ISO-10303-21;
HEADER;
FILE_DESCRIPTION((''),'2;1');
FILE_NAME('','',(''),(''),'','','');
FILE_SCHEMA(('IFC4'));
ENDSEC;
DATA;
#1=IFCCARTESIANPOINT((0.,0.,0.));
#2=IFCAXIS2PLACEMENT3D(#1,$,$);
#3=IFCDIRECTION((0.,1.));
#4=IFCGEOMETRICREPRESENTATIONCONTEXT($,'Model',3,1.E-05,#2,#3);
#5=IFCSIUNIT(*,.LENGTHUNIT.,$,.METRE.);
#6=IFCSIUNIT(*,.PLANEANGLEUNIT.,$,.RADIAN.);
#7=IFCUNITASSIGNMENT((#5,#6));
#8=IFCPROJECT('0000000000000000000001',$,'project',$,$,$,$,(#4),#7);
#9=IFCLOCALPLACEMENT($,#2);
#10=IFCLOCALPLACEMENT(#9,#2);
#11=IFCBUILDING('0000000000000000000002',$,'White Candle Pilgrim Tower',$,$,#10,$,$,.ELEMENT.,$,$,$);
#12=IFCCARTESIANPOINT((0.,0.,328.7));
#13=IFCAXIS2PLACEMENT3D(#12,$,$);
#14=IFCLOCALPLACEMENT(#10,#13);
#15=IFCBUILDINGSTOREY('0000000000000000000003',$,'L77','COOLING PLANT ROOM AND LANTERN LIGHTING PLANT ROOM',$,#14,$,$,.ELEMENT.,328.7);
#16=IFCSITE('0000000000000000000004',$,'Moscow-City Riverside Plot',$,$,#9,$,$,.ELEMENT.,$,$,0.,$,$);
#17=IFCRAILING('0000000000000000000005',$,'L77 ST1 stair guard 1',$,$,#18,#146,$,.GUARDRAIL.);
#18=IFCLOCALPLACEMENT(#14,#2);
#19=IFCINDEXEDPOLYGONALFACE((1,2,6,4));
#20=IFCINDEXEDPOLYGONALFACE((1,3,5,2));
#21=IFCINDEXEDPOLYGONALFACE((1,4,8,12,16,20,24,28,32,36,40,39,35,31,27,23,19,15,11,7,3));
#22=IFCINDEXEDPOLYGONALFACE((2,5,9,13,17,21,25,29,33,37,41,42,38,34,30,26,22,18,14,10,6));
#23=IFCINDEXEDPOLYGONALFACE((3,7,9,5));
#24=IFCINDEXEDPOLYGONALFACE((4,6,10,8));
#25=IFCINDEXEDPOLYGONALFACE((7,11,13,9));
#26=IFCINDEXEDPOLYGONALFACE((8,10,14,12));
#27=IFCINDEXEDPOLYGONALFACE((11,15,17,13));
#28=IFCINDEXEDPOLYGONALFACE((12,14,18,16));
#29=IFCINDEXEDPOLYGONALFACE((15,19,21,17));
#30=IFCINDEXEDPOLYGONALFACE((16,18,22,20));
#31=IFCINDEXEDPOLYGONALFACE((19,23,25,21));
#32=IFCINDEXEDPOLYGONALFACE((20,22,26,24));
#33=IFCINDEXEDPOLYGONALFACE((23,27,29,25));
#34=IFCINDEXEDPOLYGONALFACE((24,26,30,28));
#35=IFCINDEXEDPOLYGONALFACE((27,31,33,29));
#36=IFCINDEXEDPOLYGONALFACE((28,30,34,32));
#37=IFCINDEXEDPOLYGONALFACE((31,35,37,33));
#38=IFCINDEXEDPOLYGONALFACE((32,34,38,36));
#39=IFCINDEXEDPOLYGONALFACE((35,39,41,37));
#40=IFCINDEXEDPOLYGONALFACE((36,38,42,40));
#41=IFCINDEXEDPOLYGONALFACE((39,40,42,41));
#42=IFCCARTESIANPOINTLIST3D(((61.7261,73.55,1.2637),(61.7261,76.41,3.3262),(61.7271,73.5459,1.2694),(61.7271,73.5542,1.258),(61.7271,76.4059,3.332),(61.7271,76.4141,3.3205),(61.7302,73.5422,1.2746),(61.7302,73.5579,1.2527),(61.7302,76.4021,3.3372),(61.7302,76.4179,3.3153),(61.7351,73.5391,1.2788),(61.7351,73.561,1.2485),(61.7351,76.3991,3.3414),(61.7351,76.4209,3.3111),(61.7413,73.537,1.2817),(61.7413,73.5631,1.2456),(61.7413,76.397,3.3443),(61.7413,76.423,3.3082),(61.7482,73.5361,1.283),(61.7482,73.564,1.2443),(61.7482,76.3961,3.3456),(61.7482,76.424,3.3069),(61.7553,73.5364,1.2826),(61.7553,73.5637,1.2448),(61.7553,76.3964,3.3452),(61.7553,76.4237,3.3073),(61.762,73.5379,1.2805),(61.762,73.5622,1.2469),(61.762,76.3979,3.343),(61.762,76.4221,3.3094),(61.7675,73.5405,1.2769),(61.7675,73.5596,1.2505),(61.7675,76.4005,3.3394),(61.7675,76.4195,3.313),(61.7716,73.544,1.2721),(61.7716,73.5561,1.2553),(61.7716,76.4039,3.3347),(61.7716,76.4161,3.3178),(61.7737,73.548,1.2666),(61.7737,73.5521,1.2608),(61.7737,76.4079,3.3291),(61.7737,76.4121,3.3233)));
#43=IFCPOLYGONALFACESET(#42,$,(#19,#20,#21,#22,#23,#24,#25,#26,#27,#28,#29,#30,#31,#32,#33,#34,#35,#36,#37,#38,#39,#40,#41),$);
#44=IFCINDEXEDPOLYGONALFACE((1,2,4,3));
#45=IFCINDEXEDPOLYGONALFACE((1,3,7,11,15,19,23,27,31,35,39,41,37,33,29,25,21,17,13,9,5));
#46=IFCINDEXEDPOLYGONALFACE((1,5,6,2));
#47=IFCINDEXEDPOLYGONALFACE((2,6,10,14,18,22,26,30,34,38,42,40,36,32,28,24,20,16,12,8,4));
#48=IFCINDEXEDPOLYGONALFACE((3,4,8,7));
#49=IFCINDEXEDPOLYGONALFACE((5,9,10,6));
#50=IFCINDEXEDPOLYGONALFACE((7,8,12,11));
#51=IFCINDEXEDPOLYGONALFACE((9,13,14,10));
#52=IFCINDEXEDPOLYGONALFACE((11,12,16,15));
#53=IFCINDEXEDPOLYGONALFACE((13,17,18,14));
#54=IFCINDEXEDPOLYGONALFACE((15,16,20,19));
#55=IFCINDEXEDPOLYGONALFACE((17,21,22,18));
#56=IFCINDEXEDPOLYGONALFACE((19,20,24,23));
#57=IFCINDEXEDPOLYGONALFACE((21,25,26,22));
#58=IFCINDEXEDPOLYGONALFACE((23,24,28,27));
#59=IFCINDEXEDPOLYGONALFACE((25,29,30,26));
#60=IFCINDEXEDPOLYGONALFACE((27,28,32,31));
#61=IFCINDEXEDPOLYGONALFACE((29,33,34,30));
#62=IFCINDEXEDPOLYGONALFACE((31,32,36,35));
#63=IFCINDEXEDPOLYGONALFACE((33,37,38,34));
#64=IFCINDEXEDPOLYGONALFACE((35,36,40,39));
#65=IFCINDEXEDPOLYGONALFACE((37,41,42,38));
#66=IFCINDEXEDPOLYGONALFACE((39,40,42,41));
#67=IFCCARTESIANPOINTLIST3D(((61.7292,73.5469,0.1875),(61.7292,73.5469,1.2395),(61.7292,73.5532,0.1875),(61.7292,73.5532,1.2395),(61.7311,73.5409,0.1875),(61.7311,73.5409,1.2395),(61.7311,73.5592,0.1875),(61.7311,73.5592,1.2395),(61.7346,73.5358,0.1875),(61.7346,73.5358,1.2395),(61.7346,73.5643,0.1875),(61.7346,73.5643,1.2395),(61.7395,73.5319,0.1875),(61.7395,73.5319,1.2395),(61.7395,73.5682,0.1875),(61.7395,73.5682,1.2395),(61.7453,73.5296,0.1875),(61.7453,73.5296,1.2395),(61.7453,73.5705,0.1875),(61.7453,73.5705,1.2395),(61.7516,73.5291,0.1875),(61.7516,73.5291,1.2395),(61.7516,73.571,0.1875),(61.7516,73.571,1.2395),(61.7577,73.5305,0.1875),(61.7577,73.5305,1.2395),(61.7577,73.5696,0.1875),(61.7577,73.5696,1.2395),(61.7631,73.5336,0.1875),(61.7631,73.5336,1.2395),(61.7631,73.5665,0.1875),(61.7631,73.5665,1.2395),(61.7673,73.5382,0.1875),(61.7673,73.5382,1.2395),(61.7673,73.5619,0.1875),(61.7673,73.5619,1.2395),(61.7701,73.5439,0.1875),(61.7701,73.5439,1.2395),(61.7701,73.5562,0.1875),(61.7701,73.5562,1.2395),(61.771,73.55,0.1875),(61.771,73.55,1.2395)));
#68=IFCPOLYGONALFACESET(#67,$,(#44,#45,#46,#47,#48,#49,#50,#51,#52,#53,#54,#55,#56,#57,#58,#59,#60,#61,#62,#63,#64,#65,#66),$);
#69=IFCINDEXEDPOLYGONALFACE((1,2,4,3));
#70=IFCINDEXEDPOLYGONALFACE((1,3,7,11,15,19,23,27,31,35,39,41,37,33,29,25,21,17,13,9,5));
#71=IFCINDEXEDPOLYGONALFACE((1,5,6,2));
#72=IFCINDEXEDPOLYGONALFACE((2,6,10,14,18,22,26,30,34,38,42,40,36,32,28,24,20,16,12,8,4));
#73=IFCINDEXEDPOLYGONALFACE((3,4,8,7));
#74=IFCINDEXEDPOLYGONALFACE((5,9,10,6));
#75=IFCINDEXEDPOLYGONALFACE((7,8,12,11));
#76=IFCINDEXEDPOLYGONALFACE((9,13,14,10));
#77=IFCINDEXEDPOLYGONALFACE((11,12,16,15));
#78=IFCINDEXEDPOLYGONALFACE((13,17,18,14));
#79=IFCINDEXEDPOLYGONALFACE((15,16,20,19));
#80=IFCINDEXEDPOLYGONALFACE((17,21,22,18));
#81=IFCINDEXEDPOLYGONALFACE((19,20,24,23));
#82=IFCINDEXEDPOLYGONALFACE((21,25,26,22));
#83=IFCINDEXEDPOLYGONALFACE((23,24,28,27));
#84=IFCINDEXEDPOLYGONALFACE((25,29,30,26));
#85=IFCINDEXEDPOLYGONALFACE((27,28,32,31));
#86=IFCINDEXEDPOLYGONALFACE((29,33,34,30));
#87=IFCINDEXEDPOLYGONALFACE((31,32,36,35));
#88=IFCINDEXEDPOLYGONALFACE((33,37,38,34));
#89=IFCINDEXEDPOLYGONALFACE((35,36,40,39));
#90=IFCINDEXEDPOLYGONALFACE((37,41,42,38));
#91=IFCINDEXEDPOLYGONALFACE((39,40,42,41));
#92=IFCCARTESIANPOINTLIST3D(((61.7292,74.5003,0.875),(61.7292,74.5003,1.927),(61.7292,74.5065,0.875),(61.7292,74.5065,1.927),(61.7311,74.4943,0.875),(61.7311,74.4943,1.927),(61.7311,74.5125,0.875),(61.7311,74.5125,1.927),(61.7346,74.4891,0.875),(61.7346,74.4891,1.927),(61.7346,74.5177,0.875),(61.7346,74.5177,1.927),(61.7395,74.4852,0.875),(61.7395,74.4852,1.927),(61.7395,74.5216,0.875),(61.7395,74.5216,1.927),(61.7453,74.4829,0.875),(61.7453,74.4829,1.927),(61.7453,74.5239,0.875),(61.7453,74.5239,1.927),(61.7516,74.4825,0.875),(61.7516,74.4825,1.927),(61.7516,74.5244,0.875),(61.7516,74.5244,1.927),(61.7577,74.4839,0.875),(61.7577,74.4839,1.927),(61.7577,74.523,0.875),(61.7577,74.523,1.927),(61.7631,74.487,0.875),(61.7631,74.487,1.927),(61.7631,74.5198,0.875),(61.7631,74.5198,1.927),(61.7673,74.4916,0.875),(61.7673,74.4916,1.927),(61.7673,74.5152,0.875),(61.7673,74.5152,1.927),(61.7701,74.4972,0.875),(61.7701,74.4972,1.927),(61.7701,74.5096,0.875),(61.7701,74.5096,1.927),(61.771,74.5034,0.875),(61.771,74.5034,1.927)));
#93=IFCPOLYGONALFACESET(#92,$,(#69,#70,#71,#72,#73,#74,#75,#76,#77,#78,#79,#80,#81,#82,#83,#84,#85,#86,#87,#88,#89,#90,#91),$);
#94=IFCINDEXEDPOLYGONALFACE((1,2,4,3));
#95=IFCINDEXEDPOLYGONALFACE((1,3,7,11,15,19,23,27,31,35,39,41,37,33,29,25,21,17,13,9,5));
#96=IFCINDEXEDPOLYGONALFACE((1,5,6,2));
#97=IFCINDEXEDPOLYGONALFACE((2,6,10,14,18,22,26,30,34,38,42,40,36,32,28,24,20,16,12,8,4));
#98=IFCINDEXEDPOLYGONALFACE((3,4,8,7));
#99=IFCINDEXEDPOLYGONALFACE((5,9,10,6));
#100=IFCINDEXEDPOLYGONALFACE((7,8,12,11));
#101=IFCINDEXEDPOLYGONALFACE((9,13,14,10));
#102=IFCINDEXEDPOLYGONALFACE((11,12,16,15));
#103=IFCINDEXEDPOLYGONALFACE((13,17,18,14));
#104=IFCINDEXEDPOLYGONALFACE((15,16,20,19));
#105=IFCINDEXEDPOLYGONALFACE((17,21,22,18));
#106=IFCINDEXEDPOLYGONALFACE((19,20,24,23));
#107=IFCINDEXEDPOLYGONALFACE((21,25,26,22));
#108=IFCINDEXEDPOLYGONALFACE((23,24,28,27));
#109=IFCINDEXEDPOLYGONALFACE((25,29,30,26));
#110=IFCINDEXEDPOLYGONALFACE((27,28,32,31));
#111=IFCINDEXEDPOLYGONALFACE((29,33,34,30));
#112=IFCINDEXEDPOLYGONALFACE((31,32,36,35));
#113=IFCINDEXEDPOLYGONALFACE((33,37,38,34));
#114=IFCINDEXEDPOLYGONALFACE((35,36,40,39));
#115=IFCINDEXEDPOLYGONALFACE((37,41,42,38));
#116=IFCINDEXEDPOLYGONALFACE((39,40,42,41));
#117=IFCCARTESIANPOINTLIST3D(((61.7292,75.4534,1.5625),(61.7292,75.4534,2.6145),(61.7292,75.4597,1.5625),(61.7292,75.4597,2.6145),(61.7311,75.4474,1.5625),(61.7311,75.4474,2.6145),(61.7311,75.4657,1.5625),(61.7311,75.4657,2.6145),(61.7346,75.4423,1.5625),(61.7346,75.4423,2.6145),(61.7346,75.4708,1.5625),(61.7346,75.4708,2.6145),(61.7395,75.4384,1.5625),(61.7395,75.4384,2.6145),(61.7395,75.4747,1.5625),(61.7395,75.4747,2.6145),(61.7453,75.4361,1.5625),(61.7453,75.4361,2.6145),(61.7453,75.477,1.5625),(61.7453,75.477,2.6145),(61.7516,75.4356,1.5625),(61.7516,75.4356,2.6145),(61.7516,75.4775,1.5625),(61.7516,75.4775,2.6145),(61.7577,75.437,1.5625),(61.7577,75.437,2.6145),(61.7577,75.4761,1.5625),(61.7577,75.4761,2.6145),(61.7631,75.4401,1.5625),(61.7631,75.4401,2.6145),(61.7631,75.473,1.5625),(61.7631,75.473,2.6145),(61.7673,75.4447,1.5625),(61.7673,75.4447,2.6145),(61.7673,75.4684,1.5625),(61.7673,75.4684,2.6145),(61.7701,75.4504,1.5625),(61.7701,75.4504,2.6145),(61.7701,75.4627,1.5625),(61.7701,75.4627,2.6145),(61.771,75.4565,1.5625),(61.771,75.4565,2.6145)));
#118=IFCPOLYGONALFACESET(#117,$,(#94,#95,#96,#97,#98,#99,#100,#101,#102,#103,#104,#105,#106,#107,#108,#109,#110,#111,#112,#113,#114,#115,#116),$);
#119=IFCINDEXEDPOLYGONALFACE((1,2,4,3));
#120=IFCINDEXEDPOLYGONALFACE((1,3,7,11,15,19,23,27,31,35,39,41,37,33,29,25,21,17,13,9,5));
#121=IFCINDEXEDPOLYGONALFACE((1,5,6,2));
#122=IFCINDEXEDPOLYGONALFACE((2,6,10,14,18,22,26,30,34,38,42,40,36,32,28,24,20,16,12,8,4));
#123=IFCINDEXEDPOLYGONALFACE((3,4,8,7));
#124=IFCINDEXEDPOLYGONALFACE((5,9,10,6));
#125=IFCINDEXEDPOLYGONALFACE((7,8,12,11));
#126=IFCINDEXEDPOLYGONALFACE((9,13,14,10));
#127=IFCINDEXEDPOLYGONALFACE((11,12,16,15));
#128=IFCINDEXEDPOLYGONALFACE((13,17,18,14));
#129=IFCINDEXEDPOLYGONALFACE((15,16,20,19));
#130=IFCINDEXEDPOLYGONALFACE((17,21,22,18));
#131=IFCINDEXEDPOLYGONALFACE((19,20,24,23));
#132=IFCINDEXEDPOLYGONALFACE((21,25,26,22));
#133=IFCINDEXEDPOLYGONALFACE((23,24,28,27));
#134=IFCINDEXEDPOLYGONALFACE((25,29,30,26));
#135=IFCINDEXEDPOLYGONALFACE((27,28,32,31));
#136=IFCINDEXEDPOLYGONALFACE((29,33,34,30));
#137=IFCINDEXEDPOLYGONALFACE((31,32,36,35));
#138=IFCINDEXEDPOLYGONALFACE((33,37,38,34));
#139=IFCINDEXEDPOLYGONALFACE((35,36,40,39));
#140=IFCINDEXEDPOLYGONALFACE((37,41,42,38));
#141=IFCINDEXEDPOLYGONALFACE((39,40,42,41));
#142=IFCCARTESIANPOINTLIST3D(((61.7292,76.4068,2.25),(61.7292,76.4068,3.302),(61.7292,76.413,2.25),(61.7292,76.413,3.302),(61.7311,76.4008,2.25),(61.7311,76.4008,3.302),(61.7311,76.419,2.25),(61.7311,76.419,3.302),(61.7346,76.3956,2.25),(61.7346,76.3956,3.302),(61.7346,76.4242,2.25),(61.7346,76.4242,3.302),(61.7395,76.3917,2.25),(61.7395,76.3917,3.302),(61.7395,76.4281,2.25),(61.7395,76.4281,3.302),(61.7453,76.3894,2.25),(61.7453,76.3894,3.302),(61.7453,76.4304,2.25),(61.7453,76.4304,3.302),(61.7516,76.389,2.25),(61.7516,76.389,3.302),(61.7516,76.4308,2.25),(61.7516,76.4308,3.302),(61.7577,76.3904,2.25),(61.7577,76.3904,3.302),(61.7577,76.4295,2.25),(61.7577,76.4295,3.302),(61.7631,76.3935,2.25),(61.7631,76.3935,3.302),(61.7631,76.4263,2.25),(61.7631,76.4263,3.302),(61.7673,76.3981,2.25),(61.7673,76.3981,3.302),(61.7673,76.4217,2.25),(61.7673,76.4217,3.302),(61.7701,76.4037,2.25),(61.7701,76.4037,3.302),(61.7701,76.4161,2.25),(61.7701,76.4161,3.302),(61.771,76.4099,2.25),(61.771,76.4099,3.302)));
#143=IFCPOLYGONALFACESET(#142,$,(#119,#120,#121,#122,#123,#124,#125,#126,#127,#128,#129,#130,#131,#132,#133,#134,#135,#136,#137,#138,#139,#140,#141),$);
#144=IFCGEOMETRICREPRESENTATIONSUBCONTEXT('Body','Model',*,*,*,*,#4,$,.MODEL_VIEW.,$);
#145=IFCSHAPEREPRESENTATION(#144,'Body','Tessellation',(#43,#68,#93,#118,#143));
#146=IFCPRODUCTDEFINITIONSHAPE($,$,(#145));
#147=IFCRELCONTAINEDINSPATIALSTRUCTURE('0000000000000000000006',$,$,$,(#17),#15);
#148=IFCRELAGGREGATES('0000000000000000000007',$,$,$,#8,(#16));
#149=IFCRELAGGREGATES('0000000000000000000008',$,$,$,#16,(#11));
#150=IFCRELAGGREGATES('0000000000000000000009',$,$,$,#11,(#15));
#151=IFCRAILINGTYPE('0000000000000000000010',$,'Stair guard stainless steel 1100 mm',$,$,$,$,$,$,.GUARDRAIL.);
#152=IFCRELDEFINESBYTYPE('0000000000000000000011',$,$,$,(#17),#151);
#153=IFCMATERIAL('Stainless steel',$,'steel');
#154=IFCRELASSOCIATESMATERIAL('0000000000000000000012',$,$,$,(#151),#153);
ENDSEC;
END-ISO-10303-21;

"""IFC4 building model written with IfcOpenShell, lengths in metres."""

from ifc_helpers import new_model, si_unit, direction, frame, origin, origin_2d, place, context, subcontext, project, spatial, circle, extrude, material, type_object, element, save


model = new_model("IFC4")

# Units and contexts
model_context = context("Model", 3, precision=1e-05, world=origin(), true_north=direction((0.0, 1.0)))
body_context = subcontext(model_context, "Body", "Model", "MODEL_VIEW")
ifc_project = project(units=[si_unit("LENGTHUNIT", "METRE"), si_unit("PLANEANGLEUNIT", "RADIAN")], contexts=[model_context])

# Site, building, storey
site_placement = place(None, origin())
site = spatial("IfcSite", under=ifc_project, at=site_placement, Name="Moscow-City Riverside Plot", CompositionType="ELEMENT", RefElevation=0.0)
building_placement = place(site_placement, origin())
building = spatial("IfcBuilding", under=site, at=building_placement, Name="White Candle Pilgrim Tower", CompositionType="ELEMENT")
storey_placement = place(building_placement, frame((0.0, 0.0, 328.7)))
storey = spatial("IfcBuildingStorey", under=building, at=storey_placement, Name="L77", Description="COOLING PLANT ROOM AND LANTERN LIGHTING PLANT ROOM", CompositionType="ELEMENT", Elevation=328.7)

# Railing
ifc_material_1 = material(Name="Stainless steel", Category="steel")
railing_type_1 = type_object("IfcRailingType", Name="Stair guard stainless steel 1100 mm", PredefinedType="GUARDRAIL", material=ifc_material_1)
railing_1_placement = place(storey_placement, frame((61.75, 73.55, 0.1875)))
element("IfcRailing", 1, at=railing_1_placement, inside=storey, type_object=railing_type_1, Name="L77 ST1 stair guard 1", PredefinedType="GUARDRAIL", context=body_context, shape_type="SweptSolid", body=[
    extrude(circle(Radius=0.0239, at=origin_2d()), frame((0.0, 0.0, 1.0762), z_axis=(0.0, 0.811077, 0.584939), x_axis=(-1.0, 0.0, 0.0)), (0.0, 0.0, 1.0), 3.5261),
    extrude(circle(Radius=0.021, at=origin_2d()), origin(), (0.0, 0.0, 1.0), 1.052),
    extrude(circle(Radius=0.021, at=origin_2d()), frame((0.0, 0.9534, 0.6875)), (0.0, 0.0, 1.0), 1.052),
    extrude(circle(Radius=0.021, at=origin_2d()), frame((0.0, 1.9065, 1.375)), (0.0, 0.0, 1.0), 1.052),
    extrude(circle(Radius=0.021, at=origin_2d()), frame((0.0, 2.8599, 2.0625)), (0.0, 0.0, 1.0), 1.052),
])

save(model, "model.ifc")
